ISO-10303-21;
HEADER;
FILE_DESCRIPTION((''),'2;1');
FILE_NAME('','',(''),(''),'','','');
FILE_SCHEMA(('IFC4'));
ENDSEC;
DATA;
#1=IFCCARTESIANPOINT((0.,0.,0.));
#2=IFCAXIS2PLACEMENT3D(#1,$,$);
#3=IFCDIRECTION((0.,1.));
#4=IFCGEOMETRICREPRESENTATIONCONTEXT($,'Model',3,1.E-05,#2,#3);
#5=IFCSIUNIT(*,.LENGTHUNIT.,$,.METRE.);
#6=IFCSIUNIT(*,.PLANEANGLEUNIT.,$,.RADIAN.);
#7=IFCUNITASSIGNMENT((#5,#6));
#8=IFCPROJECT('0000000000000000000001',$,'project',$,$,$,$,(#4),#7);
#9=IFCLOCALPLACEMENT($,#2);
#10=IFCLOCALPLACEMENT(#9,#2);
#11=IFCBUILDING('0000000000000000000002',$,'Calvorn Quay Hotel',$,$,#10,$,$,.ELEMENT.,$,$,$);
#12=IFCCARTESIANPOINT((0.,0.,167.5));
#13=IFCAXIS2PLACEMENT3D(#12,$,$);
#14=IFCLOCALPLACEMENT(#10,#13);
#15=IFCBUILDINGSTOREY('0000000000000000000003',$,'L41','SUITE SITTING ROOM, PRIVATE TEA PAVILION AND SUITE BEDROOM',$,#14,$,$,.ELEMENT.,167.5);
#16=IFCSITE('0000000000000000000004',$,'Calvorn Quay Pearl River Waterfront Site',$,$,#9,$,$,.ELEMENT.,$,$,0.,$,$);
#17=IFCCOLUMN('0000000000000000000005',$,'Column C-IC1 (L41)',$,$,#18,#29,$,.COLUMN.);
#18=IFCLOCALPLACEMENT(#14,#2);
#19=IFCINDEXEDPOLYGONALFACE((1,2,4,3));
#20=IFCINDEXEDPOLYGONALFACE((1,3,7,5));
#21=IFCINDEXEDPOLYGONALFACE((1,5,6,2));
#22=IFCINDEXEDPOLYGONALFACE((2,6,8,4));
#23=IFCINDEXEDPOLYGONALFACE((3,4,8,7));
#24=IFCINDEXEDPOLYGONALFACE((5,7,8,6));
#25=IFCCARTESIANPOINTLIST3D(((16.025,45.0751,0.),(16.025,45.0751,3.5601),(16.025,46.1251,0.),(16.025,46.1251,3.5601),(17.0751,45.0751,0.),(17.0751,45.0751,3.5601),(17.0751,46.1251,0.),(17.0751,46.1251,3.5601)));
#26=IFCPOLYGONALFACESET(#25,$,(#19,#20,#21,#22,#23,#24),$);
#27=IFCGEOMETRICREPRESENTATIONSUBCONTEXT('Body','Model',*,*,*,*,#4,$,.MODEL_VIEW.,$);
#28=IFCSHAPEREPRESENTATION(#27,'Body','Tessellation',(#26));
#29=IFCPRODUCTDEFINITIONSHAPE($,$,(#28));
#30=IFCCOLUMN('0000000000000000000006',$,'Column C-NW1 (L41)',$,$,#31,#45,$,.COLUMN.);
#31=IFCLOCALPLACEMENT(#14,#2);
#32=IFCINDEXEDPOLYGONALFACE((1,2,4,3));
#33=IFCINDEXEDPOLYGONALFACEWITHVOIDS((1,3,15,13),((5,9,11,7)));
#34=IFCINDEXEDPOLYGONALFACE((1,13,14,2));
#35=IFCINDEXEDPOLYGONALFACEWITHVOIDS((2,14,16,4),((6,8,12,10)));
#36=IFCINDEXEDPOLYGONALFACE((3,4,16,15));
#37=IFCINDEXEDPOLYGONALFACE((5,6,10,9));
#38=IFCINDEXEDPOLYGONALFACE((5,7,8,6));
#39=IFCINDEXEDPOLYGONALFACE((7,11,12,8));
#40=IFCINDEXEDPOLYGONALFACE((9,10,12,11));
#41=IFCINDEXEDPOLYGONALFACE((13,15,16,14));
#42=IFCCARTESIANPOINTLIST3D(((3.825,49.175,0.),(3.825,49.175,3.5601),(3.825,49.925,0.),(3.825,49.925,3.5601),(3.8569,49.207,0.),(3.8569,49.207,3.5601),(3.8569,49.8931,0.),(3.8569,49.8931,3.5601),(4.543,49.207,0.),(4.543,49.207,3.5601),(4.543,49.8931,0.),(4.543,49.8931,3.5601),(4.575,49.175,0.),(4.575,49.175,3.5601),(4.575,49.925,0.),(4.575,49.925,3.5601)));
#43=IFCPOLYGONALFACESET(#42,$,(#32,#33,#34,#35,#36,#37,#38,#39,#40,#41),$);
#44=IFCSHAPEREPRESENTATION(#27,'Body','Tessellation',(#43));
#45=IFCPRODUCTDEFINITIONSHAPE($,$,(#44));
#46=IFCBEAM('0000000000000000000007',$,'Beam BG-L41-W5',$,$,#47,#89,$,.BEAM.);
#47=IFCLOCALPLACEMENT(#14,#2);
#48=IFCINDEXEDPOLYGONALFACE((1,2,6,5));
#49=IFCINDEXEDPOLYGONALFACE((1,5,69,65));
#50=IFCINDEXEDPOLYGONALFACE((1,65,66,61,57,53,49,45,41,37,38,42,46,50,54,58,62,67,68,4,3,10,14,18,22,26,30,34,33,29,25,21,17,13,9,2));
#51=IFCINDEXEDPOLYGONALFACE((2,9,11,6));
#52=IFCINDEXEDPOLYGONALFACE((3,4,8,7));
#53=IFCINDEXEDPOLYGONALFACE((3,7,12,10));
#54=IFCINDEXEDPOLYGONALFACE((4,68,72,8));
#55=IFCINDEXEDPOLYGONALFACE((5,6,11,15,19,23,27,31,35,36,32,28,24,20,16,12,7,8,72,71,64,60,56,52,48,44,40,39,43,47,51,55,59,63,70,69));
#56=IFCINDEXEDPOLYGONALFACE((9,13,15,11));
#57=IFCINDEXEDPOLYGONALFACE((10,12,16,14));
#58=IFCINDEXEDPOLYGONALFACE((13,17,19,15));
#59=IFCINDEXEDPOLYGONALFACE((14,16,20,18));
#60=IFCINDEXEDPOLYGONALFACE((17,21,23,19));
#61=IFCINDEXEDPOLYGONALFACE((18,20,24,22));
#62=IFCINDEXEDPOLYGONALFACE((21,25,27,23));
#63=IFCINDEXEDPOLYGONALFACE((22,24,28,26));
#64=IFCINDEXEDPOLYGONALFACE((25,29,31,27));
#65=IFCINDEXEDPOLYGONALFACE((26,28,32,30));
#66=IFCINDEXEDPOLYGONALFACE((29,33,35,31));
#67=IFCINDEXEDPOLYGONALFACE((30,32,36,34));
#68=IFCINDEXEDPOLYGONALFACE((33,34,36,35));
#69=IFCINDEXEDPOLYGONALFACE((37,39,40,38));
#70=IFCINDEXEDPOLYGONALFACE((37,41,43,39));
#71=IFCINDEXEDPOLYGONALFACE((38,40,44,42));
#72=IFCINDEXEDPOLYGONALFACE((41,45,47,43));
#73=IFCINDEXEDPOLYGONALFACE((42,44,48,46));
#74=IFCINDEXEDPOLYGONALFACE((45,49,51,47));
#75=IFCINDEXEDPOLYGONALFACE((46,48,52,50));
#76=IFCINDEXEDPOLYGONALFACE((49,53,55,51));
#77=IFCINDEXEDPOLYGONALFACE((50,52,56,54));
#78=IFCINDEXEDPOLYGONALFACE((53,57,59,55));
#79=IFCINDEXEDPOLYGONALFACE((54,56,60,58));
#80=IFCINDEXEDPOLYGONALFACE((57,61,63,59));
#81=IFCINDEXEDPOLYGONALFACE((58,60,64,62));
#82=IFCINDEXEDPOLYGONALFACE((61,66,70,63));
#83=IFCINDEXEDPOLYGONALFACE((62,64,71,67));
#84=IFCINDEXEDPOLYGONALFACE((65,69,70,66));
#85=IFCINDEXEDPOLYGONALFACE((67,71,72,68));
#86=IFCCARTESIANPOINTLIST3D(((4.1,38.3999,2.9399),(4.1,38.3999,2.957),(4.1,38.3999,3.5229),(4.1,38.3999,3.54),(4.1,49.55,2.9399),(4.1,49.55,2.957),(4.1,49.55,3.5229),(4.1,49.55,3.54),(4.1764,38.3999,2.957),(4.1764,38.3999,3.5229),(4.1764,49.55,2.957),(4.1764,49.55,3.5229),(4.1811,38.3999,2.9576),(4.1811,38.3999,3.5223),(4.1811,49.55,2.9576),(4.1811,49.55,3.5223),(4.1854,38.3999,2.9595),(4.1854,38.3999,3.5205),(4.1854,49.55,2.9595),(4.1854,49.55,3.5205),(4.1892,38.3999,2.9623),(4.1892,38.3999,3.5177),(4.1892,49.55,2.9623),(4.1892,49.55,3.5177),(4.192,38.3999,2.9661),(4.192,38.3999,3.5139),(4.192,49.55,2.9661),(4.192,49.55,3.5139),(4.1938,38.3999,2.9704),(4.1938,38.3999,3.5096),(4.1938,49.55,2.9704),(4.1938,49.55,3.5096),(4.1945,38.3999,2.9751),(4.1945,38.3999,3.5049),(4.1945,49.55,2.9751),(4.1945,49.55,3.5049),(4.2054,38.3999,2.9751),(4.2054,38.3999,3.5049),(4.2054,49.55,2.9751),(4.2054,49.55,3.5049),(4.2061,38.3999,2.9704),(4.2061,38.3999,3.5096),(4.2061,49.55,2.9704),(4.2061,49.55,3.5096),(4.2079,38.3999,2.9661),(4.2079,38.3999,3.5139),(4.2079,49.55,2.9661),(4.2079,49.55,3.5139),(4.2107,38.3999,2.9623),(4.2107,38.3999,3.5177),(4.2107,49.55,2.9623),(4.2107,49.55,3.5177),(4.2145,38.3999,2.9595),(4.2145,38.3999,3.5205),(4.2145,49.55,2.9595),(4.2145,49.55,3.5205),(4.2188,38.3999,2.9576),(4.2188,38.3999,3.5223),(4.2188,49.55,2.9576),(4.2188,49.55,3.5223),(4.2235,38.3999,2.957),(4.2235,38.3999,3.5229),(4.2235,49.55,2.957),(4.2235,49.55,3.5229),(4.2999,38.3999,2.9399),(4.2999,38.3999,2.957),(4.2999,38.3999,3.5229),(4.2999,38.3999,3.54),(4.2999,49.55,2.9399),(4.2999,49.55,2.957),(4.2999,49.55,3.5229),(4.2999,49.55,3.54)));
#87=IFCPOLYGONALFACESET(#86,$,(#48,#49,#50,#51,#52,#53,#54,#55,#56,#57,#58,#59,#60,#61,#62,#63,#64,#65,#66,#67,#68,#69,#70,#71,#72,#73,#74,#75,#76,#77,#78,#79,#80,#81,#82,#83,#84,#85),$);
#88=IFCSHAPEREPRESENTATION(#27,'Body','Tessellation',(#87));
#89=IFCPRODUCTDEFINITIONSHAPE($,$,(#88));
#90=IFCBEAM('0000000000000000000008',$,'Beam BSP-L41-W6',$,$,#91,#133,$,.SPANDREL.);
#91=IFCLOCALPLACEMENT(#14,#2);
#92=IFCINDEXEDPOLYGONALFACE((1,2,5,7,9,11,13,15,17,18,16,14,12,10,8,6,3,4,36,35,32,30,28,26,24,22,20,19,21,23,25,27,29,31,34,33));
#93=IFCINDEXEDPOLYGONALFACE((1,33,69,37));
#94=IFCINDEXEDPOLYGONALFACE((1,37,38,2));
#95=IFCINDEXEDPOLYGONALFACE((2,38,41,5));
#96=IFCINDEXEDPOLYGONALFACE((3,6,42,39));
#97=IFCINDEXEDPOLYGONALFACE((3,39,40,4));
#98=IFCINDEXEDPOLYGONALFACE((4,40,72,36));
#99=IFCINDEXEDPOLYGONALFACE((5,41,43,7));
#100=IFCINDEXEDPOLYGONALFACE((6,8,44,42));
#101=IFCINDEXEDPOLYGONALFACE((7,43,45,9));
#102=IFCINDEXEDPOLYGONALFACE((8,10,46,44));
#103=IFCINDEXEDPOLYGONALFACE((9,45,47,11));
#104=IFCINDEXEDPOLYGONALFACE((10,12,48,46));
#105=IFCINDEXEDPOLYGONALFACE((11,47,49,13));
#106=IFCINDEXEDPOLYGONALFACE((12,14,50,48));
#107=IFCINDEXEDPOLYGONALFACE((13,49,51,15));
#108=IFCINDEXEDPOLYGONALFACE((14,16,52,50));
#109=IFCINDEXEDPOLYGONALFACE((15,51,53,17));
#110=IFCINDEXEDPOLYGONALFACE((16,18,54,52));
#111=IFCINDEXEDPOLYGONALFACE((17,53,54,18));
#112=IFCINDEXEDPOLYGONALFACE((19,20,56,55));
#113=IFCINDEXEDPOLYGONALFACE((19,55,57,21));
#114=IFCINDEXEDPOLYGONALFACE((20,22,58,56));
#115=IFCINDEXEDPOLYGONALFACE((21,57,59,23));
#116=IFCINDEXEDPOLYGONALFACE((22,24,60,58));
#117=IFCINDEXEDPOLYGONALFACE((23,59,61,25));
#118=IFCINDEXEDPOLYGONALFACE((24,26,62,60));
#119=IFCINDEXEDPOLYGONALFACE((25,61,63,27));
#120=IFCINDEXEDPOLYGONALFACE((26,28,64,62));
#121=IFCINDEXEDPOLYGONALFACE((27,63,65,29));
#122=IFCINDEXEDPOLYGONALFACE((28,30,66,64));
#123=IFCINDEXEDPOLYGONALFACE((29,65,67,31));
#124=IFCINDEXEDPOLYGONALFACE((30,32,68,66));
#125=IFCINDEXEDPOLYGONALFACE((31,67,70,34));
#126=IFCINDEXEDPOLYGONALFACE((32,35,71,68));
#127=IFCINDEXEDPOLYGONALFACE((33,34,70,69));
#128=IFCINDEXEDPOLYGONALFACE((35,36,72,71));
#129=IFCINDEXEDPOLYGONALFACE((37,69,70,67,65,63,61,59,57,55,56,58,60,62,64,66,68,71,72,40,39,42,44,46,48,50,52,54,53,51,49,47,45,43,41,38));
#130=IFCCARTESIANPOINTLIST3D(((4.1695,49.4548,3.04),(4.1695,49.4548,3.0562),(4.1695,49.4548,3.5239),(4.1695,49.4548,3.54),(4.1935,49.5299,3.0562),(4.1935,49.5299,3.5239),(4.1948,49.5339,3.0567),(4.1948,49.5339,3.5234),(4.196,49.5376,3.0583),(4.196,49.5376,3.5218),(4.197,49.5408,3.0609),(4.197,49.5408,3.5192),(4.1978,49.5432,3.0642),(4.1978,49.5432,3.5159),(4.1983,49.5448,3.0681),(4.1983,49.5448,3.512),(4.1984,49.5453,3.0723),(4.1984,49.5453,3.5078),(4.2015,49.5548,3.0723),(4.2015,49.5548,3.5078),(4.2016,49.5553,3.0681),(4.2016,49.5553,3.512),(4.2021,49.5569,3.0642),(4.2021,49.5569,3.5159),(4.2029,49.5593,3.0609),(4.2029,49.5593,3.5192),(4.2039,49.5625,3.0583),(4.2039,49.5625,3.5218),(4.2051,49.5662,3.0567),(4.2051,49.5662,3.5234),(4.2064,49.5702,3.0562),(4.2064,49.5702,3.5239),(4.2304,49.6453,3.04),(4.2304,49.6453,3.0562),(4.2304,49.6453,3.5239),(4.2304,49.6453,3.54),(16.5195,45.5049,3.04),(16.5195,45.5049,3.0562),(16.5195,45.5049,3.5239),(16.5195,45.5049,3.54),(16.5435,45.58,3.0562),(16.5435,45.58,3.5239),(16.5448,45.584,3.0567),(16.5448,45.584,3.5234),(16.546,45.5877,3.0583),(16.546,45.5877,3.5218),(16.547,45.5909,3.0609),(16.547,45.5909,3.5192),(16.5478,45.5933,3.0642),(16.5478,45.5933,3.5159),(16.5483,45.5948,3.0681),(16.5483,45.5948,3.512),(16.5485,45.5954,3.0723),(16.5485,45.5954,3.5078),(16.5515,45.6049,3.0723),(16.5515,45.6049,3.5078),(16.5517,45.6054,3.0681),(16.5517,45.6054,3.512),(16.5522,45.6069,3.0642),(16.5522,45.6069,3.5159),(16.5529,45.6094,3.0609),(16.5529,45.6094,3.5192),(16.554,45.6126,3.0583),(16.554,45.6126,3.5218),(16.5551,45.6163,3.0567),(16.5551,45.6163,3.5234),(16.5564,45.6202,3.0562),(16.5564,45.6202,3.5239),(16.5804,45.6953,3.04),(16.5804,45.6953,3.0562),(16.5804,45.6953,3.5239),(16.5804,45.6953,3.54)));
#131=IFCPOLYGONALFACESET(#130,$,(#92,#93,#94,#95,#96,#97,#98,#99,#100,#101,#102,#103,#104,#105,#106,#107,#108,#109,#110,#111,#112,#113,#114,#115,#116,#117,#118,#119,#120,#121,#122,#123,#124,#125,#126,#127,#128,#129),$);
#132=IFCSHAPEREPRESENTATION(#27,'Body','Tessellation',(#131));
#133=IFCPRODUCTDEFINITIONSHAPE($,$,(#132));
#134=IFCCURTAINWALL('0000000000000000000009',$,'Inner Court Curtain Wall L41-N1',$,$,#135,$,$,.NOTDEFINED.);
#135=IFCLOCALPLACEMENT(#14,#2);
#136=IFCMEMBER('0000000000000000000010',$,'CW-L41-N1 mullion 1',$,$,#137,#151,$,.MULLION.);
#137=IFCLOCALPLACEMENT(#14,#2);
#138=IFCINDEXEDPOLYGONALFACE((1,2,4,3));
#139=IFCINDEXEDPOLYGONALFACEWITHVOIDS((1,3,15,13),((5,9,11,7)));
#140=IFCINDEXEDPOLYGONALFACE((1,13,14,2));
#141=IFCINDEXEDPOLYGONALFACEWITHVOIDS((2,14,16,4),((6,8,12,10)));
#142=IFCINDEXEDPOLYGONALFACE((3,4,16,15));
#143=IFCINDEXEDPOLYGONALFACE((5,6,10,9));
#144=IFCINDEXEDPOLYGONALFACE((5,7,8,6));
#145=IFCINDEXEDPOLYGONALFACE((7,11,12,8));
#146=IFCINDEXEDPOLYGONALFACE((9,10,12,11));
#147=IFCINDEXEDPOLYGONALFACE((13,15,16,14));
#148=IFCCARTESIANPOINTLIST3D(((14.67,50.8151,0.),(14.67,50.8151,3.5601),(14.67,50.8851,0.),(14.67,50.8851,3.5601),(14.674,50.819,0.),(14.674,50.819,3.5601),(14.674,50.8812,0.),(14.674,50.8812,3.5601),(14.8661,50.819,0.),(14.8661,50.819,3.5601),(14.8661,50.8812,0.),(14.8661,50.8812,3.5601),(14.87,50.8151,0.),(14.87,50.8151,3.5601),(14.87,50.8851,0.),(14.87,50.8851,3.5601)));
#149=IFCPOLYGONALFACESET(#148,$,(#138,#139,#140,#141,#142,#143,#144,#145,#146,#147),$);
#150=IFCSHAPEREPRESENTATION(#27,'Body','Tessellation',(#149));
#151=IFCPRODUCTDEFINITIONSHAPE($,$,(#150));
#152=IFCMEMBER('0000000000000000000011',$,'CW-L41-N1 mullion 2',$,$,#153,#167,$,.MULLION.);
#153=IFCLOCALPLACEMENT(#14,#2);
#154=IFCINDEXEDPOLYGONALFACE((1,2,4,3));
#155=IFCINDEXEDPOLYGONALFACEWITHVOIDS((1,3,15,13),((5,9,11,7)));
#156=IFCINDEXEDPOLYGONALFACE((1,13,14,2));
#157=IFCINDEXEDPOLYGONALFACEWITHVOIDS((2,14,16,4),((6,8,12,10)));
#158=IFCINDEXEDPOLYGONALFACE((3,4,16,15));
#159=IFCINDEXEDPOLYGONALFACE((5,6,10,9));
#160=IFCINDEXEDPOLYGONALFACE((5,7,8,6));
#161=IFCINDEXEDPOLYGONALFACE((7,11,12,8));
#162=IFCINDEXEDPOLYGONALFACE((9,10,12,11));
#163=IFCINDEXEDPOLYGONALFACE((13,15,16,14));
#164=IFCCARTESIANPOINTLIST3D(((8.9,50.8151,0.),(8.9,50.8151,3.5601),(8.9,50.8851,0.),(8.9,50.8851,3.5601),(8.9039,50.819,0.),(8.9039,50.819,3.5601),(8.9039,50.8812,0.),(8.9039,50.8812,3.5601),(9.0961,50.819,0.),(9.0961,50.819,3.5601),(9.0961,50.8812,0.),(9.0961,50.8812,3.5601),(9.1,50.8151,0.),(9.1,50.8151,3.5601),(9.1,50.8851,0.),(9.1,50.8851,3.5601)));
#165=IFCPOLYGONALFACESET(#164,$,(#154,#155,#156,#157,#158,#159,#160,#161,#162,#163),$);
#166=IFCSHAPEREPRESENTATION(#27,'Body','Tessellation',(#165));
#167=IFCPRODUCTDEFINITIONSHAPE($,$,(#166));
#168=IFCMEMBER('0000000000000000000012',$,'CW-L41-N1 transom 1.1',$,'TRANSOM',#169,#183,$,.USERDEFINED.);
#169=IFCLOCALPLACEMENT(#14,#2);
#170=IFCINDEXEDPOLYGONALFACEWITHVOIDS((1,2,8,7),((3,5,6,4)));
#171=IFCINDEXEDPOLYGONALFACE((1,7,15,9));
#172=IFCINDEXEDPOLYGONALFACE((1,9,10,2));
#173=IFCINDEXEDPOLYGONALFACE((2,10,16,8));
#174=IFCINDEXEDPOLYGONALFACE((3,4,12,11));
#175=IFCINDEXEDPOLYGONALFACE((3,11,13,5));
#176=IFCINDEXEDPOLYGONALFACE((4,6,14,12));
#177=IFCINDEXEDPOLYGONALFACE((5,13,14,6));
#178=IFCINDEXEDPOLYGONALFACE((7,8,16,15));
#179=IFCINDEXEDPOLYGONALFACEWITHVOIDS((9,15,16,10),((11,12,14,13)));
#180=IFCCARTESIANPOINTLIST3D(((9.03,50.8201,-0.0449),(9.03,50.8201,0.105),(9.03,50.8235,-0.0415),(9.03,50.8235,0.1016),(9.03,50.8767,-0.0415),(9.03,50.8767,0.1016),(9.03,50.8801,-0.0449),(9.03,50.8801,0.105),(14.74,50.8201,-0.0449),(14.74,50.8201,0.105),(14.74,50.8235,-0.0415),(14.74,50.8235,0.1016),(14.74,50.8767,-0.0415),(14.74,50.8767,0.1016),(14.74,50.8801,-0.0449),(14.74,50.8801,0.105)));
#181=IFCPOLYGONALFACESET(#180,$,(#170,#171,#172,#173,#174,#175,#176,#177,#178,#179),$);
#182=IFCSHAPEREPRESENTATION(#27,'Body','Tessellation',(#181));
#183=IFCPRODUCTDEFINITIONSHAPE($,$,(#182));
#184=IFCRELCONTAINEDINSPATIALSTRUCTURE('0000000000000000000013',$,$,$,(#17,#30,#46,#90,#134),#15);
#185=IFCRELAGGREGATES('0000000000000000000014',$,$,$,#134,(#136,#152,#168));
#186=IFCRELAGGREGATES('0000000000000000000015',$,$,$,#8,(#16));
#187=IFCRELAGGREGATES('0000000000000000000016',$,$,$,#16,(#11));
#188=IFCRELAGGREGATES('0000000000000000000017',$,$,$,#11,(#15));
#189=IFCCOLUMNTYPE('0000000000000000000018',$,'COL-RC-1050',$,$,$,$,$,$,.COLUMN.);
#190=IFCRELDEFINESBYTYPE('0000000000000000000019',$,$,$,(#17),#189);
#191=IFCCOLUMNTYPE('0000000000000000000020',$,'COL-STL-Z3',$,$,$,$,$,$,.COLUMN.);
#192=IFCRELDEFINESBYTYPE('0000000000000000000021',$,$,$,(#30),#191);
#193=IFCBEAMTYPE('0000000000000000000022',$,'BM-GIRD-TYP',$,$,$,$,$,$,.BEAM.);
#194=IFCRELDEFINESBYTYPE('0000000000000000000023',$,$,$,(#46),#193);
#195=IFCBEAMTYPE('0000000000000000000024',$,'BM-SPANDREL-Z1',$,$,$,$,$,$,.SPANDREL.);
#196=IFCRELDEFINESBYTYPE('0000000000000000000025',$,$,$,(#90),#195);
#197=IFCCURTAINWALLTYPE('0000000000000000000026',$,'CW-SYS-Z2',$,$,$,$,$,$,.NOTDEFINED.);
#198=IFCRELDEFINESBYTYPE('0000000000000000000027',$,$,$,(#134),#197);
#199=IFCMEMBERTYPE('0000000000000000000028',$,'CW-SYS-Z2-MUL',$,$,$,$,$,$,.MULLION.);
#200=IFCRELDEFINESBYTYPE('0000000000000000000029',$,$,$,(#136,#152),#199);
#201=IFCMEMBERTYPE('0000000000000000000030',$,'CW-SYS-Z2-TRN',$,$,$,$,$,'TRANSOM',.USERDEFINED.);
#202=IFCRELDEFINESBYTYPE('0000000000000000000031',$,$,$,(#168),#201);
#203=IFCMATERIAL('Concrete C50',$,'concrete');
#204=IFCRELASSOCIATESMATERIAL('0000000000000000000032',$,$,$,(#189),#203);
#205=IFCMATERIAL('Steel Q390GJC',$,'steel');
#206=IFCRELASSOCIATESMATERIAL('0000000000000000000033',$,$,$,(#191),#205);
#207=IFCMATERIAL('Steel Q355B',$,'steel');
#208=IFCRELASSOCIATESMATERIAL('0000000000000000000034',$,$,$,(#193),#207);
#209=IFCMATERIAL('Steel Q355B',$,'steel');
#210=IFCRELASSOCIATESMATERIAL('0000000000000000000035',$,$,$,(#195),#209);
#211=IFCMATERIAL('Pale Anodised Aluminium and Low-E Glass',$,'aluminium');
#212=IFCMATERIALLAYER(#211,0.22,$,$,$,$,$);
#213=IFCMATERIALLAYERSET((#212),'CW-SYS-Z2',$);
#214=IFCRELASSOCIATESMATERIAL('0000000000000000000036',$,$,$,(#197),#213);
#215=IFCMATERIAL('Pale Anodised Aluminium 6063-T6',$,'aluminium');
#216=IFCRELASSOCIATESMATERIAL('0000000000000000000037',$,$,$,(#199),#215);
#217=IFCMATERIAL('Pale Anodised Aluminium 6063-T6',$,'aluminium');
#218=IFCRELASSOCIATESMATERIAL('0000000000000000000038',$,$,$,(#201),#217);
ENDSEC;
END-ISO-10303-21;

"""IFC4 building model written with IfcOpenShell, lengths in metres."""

from ifc_helpers import new_model, si_unit, direction, frame, origin, origin_2d, place, context, subcontext, project, spatial, rectangle, hollow_rectangle, i_section, extrude, material, layer, layer_set, material_profile, profile_set, type_object, element, aggregate, save


model = new_model("IFC4")

# Units and contexts
model_context = context("Model", 3, precision=1e-05, world=origin(), true_north=direction((0.0, 1.0)))
body_context = subcontext(model_context, "Body", "Model", "MODEL_VIEW")
ifc_project = project(units=[si_unit("LENGTHUNIT", "METRE"), si_unit("PLANEANGLEUNIT", "RADIAN")], contexts=[model_context])

# Site, building, storey
site_placement = place(None, origin())
site = spatial("IfcSite", under=ifc_project, at=site_placement, Name="Calvorn Quay Pearl River Waterfront Site", CompositionType="ELEMENT", RefElevation=0.0)
building_placement = place(site_placement, origin())
building = spatial("IfcBuilding", under=site, at=building_placement, Name="Calvorn Quay Hotel", CompositionType="ELEMENT")
storey_placement = place(building_placement, frame((0.0, 0.0, 167.5)))
storey = spatial("IfcBuildingStorey", under=building, at=storey_placement, Name="L41", Description="SUITE SITTING ROOM, PRIVATE TEA PAVILION AND SUITE BEDROOM", CompositionType="ELEMENT", Elevation=167.5)

# Columns
ifc_material_1 = material(Name="Concrete C50", Category="concrete")
ifc_material_profile_1 = material_profile(ifc_material_1, rectangle(XDim=1.05, YDim=1.05, at=origin_2d()), Name="RC1050x1050")
ifc_profile_set_1 = profile_set([ifc_material_profile_1], Name="Concrete C50")
column_type_1 = type_object("IfcColumnType", Name="COL-RC-1050", PredefinedType="COLUMN", material=ifc_profile_set_1)
column_1_placement = place(storey_placement, frame((16.55, 45.6001, 0.0), z_axis=(0.0, 0.0, 1.0), x_axis=(1.0, 0.0, 0.0)))
element("IfcColumn", 1, at=column_1_placement, inside=storey, type_object=column_type_1, Name="Column C-IC1 (L41)", PredefinedType="COLUMN", context=body_context, shape_type="SweptSolid", body=[
    extrude(rectangle(XDim=1.05, YDim=1.05, at=origin_2d()), origin(), (0.0, 0.0, 1.0), 3.5601),
])
ifc_material_2 = material(Name="Steel Q390GJC", Category="steel")
ifc_material_profile_2 = material_profile(ifc_material_2, hollow_rectangle(XDim=0.75, YDim=0.75, WallThickness=0.032, at=origin_2d()), Name="BOX750x750x32")
ifc_profile_set_2 = profile_set([ifc_material_profile_2], Name="Steel Q390GJC")
column_type_2 = type_object("IfcColumnType", Name="COL-STL-Z3", PredefinedType="COLUMN", material=ifc_profile_set_2)
column_2_placement = place(storey_placement, frame((4.2, 49.55, 0.0), z_axis=(0.0, 0.0, 1.0), x_axis=(1.0, 0.0, 0.0)))
element("IfcColumn", 2, at=column_2_placement, inside=storey, type_object=column_type_2, Name="Column C-NW1 (L41)", PredefinedType="COLUMN", context=body_context, shape_type="SweptSolid", body=[
    extrude(hollow_rectangle(XDim=0.75, YDim=0.75, WallThickness=0.032, at=origin_2d()), origin(), (0.0, 0.0, 1.0), 3.5601),
])

# Beams
ifc_material_3 = material(Name="Steel Q355B", Category="steel")
ifc_material_profile_3 = material_profile(ifc_material_3, i_section(OverallWidth=0.2, OverallDepth=0.6001, WebThickness=0.011, FlangeThickness=0.0171, FilletRadius=0.0181, at=origin_2d()), Name="HN600x200x11x17")
ifc_profile_set_3 = profile_set([ifc_material_profile_3], Name="Steel Q355B")
beam_type_1 = type_object("IfcBeamType", Name="BM-GIRD-TYP", PredefinedType="BEAM", material=ifc_profile_set_3)
beam_1_placement = place(storey_placement, frame((4.2, 49.55, 3.24), z_axis=(0.0, -1.0, 0.0), x_axis=(1.0, 0.0, 0.0)))
element("IfcBeam", 3, at=beam_1_placement, inside=storey, type_object=beam_type_1, Name="Beam BG-L41-W5", PredefinedType="BEAM", context=body_context, shape_type="SweptSolid", body=[
    extrude(i_section(OverallWidth=0.2, OverallDepth=0.6001, WebThickness=0.011, FlangeThickness=0.0171, FilletRadius=0.0181, at=origin_2d()), origin(), (0.0, 0.0, 1.0), 11.1501),
])
ifc_material_4 = material(Name="Steel Q355B", Category="steel")
ifc_material_profile_4 = material_profile(ifc_material_4, i_section(OverallWidth=0.2, OverallDepth=0.5, WebThickness=0.01, FlangeThickness=0.0161, FilletRadius=0.0161, at=origin_2d()), Name="HN500x200x10x16")
ifc_profile_set_4 = profile_set([ifc_material_profile_4], Name="Steel Q355B")
beam_type_2 = type_object("IfcBeamType", Name="BM-SPANDREL-Z1", PredefinedType="SPANDREL", material=ifc_profile_set_4)
beam_2_placement = place(storey_placement, frame((4.2, 49.55, 3.29), z_axis=(0.952471, -0.30463, 0.0), x_axis=(0.30463, 0.952471, 0.0)))
element("IfcBeam", 4, at=beam_2_placement, inside=storey, type_object=beam_type_2, Name="Beam BSP-L41-W6", PredefinedType="SPANDREL", context=body_context, shape_type="SweptSolid", body=[
    extrude(i_section(OverallWidth=0.2, OverallDepth=0.5, WebThickness=0.01, FlangeThickness=0.0161, FilletRadius=0.0161, at=origin_2d()), origin(), (0.0, 0.0, 1.0), 12.9663),
])

# Curtain wall, members
ifc_material_5 = material(Name="Pale Anodised Aluminium and Low-E Glass", Category="aluminium")
ifc_layer_1 = layer(ifc_material_5, 0.22)
ifc_layer_set_1 = layer_set([ifc_layer_1], Name="CW-SYS-Z2")
curtain_wall_type = type_object("IfcCurtainWallType", Name="CW-SYS-Z2", PredefinedType="NOTDEFINED", material=ifc_layer_set_1)
curtain_wall_placement = place(storey_placement, origin())
curtain_wall = element("IfcCurtainWall", 5, at=curtain_wall_placement, inside=storey, type_object=curtain_wall_type, Name="Inner Court Curtain Wall L41-N1", PredefinedType="NOTDEFINED")
ifc_material_6 = material(Name="Pale Anodised Aluminium 6063-T6", Category="aluminium")
ifc_material_profile_5 = material_profile(ifc_material_6, hollow_rectangle(XDim=0.0701, YDim=0.2, WallThickness=0.0039, at=origin_2d()), Name="ALU-M200x70x4")
ifc_profile_set_5 = profile_set([ifc_material_profile_5], Name="Pale Anodised Aluminium 6063-T6")
member_type_1 = type_object("IfcMemberType", Name="CW-SYS-Z2-MUL", PredefinedType="MULLION", material=ifc_profile_set_5)
member_1_placement = place(storey_placement, frame((14.77, 50.8501, 0.0), z_axis=(0.0, 0.0, 1.0), x_axis=(0.0, -1.0, 0.0)))
member_1 = element("IfcMember", 6, at=member_1_placement, type_object=member_type_1, Name="CW-L41-N1 mullion 1", PredefinedType="MULLION", context=body_context, shape_type="SweptSolid", body=[
    extrude(hollow_rectangle(XDim=0.0701, YDim=0.2, WallThickness=0.0039, at=origin_2d()), origin(), (0.0, 0.0, 1.0), 3.5601),
])
member_2_placement = place(storey_placement, frame((9.0, 50.8501, 0.0), z_axis=(0.0, 0.0, 1.0), x_axis=(0.0, -1.0, 0.0)))
member_2 = element("IfcMember", 7, at=member_2_placement, type_object=member_type_1, Name="CW-L41-N1 mullion 2", PredefinedType="MULLION", context=body_context, shape_type="SweptSolid", body=[
    extrude(hollow_rectangle(XDim=0.0701, YDim=0.2, WallThickness=0.0039, at=origin_2d()), origin(), (0.0, 0.0, 1.0), 3.5601),
])
ifc_material_7 = material(Name="Pale Anodised Aluminium 6063-T6", Category="aluminium")
ifc_material_profile_6 = material_profile(ifc_material_7, hollow_rectangle(XDim=0.0601, YDim=0.1499, WallThickness=0.0034, at=origin_2d()), Name="ALU-T150x60x3.5")
ifc_profile_set_6 = profile_set([ifc_material_profile_6], Name="Pale Anodised Aluminium 6063-T6")
member_type_2 = type_object("IfcMemberType", Name="CW-SYS-Z2-TRN", ElementType="TRANSOM", PredefinedType="USERDEFINED", material=ifc_profile_set_6)
member_3_placement = place(storey_placement, frame((14.74, 50.8501, 0.03), z_axis=(-1.0, 0.0, 0.0), x_axis=(0.0, -1.0, 0.0)))
member_3 = element("IfcMember", 8, at=member_3_placement, type_object=member_type_2, Name="CW-L41-N1 transom 1.1", ObjectType="TRANSOM", PredefinedType="USERDEFINED", context=body_context, shape_type="SweptSolid", body=[
    extrude(hollow_rectangle(XDim=0.0601, YDim=0.1499, WallThickness=0.0034, at=origin_2d()), origin(), (0.0, 0.0, 1.0), 5.71),
])
aggregate(curtain_wall, [member_1, member_2, member_3])

save(model, "model.ifc")
